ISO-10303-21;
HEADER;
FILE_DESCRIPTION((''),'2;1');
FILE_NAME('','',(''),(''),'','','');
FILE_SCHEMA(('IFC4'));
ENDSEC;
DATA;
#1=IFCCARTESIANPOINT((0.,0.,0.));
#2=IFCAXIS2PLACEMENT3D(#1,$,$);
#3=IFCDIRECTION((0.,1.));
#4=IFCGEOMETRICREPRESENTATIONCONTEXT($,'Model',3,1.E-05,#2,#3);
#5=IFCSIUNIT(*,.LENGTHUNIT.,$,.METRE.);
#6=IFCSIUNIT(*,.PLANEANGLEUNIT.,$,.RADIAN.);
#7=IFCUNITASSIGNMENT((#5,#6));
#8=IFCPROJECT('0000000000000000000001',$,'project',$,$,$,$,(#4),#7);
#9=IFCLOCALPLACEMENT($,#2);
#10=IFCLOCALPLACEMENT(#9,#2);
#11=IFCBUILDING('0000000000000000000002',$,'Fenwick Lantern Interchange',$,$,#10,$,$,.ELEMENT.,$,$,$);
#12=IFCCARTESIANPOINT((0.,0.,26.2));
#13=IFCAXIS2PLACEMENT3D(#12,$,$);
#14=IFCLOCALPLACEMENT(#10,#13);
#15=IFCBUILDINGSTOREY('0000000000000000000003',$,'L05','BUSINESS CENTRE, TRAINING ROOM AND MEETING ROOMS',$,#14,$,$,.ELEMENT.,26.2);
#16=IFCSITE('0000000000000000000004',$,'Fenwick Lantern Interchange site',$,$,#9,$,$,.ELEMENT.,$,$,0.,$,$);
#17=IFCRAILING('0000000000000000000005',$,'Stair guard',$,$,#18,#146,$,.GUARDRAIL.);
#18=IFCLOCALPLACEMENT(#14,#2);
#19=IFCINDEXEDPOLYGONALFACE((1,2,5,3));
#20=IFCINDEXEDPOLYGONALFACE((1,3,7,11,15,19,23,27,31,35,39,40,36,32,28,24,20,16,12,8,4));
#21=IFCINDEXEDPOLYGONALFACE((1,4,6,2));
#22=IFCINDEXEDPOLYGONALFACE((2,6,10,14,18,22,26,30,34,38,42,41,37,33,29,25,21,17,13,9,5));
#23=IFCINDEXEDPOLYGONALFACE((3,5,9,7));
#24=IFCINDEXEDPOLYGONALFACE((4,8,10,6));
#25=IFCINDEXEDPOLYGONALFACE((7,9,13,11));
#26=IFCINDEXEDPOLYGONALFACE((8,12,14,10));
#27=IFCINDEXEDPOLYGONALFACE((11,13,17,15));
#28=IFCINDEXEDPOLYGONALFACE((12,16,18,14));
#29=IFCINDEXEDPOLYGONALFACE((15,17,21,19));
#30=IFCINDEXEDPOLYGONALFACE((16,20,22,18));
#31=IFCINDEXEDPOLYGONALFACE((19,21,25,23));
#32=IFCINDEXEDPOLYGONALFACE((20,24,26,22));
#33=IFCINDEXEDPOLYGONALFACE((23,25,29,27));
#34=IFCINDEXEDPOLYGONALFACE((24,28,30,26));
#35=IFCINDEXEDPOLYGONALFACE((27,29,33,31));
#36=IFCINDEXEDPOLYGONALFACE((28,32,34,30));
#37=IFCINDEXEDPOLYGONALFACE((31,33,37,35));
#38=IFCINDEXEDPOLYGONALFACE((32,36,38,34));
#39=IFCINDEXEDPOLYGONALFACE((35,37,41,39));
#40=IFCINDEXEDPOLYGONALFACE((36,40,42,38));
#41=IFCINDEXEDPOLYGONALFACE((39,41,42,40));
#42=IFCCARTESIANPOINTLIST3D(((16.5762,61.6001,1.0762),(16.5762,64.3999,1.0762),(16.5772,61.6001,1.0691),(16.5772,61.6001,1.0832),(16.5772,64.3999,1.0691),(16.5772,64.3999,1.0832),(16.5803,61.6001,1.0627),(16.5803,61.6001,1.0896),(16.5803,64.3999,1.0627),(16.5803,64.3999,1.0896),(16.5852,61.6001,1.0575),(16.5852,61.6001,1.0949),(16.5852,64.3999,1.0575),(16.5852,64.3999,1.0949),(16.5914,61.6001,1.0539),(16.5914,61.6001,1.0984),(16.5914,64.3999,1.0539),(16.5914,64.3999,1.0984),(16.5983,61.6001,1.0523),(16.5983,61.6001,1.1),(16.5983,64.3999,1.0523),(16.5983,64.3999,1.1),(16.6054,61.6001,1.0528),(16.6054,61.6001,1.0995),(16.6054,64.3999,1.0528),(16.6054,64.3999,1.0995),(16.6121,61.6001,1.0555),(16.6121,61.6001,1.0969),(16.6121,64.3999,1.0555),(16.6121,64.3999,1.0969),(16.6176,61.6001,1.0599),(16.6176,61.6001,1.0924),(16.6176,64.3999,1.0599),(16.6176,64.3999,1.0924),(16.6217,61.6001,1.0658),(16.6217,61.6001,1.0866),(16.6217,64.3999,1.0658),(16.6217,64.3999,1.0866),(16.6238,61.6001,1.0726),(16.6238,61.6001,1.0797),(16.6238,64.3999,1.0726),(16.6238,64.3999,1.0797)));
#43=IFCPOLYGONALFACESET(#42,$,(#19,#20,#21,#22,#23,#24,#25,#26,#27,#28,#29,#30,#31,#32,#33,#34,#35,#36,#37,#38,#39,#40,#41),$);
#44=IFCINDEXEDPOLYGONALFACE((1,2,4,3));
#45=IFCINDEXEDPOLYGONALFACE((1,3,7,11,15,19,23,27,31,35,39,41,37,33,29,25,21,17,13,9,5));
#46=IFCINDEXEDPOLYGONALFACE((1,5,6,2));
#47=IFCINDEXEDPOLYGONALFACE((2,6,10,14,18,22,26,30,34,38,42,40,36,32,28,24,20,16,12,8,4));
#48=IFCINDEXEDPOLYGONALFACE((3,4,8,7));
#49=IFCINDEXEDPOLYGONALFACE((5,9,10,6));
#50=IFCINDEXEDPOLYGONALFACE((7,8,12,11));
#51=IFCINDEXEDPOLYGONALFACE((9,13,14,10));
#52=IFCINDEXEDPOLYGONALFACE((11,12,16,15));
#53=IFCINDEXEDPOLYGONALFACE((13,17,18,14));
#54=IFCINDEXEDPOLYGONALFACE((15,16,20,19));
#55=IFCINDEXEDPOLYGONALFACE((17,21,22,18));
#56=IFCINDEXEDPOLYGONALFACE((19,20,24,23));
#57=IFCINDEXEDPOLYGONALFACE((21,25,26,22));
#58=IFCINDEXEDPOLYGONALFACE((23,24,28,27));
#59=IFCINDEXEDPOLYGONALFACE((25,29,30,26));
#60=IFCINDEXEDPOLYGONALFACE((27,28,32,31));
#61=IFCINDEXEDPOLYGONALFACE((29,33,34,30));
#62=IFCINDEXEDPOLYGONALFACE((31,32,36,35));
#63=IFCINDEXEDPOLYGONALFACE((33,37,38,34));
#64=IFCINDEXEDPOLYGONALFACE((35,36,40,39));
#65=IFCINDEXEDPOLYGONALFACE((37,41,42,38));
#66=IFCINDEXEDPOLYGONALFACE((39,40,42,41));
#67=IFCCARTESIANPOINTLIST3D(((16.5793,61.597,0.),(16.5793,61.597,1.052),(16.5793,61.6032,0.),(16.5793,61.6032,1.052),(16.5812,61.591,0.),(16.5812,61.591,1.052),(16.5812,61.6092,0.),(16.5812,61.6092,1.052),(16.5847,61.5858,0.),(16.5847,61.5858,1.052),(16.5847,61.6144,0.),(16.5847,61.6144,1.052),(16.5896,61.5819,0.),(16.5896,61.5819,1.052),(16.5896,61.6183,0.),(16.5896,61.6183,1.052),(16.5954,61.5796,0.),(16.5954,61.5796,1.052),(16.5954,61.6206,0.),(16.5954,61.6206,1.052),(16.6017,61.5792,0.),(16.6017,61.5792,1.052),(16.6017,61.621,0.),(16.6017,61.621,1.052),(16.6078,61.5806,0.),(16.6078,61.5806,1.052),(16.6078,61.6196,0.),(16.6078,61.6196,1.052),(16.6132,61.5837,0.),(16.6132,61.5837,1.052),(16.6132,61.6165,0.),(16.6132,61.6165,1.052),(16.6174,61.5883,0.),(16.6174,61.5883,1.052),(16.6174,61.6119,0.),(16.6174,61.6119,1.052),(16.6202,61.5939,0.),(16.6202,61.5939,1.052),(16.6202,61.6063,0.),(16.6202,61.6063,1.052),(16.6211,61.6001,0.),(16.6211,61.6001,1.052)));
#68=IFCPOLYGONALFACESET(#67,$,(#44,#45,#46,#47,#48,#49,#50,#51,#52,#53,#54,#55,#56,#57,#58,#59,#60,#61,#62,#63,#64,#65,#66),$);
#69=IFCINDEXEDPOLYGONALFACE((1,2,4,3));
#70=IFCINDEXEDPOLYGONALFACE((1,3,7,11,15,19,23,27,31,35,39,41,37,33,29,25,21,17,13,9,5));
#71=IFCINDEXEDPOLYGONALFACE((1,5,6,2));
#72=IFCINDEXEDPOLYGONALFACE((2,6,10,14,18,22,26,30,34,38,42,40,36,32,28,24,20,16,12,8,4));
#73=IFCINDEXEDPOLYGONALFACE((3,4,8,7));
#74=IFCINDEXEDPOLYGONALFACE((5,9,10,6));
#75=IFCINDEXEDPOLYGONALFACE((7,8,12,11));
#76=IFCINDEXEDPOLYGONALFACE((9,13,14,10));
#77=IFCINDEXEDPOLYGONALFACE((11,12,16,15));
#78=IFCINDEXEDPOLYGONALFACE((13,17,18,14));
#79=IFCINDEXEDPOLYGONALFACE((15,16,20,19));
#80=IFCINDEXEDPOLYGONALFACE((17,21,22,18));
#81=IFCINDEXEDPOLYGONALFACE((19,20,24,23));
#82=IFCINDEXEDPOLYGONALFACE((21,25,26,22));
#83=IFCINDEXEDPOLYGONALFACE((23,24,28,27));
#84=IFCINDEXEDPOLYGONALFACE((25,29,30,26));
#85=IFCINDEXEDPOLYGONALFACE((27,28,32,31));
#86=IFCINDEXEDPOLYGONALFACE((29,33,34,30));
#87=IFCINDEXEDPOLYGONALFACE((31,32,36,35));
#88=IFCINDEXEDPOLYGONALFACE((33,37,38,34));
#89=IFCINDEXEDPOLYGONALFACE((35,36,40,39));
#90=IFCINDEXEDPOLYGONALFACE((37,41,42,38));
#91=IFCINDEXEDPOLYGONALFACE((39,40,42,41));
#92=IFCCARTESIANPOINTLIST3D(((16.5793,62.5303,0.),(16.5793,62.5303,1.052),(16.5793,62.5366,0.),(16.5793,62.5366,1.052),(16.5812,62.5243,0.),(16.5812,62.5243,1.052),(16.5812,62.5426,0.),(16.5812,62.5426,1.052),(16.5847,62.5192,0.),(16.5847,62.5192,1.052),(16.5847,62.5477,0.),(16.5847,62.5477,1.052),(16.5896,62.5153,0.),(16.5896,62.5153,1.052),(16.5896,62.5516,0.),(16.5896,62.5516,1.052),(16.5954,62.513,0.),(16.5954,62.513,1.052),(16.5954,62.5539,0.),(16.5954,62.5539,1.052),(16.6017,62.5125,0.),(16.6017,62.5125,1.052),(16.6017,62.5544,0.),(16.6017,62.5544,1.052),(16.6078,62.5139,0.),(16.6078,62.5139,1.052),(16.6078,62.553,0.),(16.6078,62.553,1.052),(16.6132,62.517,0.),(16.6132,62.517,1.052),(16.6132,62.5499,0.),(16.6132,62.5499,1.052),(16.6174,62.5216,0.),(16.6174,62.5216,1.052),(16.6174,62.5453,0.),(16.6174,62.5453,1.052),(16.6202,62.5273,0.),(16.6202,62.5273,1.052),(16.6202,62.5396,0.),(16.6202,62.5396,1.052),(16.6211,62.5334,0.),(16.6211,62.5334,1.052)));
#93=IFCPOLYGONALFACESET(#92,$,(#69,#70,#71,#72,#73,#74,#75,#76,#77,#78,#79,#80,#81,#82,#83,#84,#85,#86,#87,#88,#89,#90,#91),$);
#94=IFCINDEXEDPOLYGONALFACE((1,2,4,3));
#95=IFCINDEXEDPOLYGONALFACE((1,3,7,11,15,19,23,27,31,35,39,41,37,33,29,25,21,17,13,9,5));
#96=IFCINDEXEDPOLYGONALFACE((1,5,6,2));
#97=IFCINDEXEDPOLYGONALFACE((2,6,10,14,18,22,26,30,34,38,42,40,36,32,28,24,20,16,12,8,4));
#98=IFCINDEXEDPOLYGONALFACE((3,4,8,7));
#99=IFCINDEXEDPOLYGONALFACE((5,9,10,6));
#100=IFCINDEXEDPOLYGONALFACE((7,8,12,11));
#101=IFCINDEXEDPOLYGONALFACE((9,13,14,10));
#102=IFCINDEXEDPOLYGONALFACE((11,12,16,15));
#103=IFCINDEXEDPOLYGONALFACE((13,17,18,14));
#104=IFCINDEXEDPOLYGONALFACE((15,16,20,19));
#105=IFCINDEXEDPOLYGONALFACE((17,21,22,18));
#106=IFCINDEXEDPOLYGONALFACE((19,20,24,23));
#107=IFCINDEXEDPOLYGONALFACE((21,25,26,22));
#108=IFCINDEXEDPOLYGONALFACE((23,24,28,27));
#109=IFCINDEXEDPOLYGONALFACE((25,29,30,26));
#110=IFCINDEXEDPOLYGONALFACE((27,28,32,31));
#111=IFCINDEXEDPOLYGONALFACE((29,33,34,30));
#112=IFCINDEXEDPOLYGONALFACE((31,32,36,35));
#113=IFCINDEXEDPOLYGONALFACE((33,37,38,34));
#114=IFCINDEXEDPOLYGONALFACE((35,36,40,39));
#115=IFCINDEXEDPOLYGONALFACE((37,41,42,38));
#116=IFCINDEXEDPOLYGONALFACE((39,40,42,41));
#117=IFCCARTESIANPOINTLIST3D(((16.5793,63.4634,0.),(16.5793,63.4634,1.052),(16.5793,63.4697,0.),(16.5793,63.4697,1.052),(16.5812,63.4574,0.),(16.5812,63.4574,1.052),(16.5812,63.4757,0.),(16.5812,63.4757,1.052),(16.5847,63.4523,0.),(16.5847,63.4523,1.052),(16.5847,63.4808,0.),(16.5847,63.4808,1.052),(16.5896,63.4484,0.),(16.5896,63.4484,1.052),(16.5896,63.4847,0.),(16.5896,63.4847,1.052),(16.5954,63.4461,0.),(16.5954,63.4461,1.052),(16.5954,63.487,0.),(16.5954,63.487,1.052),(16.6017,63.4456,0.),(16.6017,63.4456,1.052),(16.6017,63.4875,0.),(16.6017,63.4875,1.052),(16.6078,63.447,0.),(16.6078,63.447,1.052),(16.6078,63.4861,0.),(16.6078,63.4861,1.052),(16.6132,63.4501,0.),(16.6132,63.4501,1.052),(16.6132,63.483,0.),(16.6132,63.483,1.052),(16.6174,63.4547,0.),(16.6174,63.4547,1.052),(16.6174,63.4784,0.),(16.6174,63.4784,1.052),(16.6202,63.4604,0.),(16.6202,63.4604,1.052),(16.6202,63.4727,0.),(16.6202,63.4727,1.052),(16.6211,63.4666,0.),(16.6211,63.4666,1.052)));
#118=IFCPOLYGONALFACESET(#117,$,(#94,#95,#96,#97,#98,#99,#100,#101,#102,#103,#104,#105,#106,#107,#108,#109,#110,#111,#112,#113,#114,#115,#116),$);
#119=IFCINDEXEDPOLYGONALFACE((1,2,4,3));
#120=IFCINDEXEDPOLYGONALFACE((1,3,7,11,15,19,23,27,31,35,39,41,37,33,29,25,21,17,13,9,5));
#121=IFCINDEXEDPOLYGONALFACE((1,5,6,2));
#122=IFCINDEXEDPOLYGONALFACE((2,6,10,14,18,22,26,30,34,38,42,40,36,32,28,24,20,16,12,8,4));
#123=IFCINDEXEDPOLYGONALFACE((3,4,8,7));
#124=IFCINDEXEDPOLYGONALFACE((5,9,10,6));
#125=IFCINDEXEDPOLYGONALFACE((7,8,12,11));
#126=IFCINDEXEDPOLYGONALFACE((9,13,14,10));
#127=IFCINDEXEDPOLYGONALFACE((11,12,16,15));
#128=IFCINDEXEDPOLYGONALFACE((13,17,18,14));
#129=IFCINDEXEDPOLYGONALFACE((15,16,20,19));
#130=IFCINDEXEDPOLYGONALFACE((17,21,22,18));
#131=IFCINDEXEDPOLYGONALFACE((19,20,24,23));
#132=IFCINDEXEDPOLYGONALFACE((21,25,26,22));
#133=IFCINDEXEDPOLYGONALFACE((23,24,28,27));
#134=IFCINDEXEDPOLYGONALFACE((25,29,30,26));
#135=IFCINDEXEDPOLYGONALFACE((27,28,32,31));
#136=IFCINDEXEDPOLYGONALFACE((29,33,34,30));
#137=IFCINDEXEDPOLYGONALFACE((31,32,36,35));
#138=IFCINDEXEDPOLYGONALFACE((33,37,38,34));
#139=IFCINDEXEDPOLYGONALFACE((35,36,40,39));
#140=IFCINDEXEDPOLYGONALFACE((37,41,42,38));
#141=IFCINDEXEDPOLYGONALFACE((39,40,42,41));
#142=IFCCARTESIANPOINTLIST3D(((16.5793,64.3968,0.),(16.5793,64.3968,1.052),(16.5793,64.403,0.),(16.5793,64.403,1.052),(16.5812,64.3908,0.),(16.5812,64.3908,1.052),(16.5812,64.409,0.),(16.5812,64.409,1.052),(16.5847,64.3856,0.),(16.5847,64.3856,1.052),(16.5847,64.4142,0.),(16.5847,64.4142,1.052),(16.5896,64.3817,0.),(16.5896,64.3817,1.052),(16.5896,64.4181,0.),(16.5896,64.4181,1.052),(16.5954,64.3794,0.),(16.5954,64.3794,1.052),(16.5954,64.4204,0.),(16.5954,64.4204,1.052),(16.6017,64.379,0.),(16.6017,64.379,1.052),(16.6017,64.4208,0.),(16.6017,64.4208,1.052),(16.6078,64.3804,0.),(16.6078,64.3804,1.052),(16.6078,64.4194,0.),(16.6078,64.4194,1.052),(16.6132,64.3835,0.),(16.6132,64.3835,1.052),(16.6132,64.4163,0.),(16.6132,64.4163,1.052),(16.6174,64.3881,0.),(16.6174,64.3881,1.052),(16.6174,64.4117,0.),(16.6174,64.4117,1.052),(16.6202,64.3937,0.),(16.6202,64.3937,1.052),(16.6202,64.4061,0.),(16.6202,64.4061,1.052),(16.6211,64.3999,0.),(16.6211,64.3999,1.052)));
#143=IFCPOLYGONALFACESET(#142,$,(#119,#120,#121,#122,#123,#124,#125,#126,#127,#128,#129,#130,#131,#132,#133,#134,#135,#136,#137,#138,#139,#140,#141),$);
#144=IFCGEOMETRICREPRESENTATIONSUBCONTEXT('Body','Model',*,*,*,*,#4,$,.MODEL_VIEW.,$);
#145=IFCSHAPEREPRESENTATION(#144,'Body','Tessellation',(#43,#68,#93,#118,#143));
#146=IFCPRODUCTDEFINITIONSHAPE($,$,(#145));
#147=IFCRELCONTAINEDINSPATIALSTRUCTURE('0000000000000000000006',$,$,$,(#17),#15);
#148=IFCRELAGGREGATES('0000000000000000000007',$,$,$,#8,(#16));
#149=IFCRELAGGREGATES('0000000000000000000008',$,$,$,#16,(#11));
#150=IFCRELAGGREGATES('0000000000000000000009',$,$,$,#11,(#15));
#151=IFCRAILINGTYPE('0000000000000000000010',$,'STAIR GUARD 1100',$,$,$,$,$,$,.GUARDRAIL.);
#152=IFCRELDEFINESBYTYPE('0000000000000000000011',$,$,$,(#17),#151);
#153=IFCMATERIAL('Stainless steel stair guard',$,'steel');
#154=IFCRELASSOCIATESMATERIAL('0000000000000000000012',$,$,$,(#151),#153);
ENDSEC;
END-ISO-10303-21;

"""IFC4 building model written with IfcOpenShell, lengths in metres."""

from ifc_helpers import new_model, si_unit, direction, frame, origin, origin_2d, place, context, subcontext, project, spatial, circle, extrude, material, type_object, element, save


model = new_model("IFC4")

# Units and contexts
model_context = context("Model", 3, precision=1e-05, world=origin(), true_north=direction((0.0, 1.0)))
body_context = subcontext(model_context, "Body", "Model", "MODEL_VIEW")
ifc_project = project(units=[si_unit("LENGTHUNIT", "METRE"), si_unit("PLANEANGLEUNIT", "RADIAN")], contexts=[model_context])

# Site, building, storey
site_placement = place(None, origin())
site = spatial("IfcSite", under=ifc_project, at=site_placement, Name="Fenwick Lantern Interchange site", CompositionType="ELEMENT", RefElevation=0.0)
building_placement = place(site_placement, origin())
building = spatial("IfcBuilding", under=site, at=building_placement, Name="Fenwick Lantern Interchange", CompositionType="ELEMENT")
storey_placement = place(building_placement, frame((0.0, 0.0, 26.2)))
storey = spatial("IfcBuildingStorey", under=building, at=storey_placement, Name="L05", Description="BUSINESS CENTRE, TRAINING ROOM AND MEETING ROOMS", CompositionType="ELEMENT", Elevation=26.2)

# Railing
ifc_material_1 = material(Name="Stainless steel stair guard", Category="steel")
railing_type = type_object("IfcRailingType", Name="STAIR GUARD 1100", PredefinedType="GUARDRAIL", material=ifc_material_1)
railing_placement = place(storey_placement, frame((16.6001, 61.6001, 0.0)))
element("IfcRailing", 1, at=railing_placement, inside=storey, type_object=railing_type, Name="Stair guard", PredefinedType="GUARDRAIL", context=body_context, shape_type="SweptSolid", body=[
    extrude(circle(Radius=0.0239, at=origin_2d()), frame((0.0, 0.0, 1.0762), z_axis=(0.0, 1.0, 0.0), x_axis=(-1.0, 0.0, 0.0)), (0.0, 0.0, 1.0), 2.7998),
    extrude(circle(Radius=0.021, at=origin_2d()), origin(), (0.0, 0.0, 1.0), 1.052),
    extrude(circle(Radius=0.021, at=origin_2d()), frame((0.0, 0.9333, 0.0)), (0.0, 0.0, 1.0), 1.052),
    extrude(circle(Radius=0.021, at=origin_2d()), frame((0.0, 1.8665, 0.0)), (0.0, 0.0, 1.0), 1.052),
    extrude(circle(Radius=0.021, at=origin_2d()), frame((0.0, 2.7998, 0.0)), (0.0, 0.0, 1.0), 1.052),
])

save(model, "model.ifc")
